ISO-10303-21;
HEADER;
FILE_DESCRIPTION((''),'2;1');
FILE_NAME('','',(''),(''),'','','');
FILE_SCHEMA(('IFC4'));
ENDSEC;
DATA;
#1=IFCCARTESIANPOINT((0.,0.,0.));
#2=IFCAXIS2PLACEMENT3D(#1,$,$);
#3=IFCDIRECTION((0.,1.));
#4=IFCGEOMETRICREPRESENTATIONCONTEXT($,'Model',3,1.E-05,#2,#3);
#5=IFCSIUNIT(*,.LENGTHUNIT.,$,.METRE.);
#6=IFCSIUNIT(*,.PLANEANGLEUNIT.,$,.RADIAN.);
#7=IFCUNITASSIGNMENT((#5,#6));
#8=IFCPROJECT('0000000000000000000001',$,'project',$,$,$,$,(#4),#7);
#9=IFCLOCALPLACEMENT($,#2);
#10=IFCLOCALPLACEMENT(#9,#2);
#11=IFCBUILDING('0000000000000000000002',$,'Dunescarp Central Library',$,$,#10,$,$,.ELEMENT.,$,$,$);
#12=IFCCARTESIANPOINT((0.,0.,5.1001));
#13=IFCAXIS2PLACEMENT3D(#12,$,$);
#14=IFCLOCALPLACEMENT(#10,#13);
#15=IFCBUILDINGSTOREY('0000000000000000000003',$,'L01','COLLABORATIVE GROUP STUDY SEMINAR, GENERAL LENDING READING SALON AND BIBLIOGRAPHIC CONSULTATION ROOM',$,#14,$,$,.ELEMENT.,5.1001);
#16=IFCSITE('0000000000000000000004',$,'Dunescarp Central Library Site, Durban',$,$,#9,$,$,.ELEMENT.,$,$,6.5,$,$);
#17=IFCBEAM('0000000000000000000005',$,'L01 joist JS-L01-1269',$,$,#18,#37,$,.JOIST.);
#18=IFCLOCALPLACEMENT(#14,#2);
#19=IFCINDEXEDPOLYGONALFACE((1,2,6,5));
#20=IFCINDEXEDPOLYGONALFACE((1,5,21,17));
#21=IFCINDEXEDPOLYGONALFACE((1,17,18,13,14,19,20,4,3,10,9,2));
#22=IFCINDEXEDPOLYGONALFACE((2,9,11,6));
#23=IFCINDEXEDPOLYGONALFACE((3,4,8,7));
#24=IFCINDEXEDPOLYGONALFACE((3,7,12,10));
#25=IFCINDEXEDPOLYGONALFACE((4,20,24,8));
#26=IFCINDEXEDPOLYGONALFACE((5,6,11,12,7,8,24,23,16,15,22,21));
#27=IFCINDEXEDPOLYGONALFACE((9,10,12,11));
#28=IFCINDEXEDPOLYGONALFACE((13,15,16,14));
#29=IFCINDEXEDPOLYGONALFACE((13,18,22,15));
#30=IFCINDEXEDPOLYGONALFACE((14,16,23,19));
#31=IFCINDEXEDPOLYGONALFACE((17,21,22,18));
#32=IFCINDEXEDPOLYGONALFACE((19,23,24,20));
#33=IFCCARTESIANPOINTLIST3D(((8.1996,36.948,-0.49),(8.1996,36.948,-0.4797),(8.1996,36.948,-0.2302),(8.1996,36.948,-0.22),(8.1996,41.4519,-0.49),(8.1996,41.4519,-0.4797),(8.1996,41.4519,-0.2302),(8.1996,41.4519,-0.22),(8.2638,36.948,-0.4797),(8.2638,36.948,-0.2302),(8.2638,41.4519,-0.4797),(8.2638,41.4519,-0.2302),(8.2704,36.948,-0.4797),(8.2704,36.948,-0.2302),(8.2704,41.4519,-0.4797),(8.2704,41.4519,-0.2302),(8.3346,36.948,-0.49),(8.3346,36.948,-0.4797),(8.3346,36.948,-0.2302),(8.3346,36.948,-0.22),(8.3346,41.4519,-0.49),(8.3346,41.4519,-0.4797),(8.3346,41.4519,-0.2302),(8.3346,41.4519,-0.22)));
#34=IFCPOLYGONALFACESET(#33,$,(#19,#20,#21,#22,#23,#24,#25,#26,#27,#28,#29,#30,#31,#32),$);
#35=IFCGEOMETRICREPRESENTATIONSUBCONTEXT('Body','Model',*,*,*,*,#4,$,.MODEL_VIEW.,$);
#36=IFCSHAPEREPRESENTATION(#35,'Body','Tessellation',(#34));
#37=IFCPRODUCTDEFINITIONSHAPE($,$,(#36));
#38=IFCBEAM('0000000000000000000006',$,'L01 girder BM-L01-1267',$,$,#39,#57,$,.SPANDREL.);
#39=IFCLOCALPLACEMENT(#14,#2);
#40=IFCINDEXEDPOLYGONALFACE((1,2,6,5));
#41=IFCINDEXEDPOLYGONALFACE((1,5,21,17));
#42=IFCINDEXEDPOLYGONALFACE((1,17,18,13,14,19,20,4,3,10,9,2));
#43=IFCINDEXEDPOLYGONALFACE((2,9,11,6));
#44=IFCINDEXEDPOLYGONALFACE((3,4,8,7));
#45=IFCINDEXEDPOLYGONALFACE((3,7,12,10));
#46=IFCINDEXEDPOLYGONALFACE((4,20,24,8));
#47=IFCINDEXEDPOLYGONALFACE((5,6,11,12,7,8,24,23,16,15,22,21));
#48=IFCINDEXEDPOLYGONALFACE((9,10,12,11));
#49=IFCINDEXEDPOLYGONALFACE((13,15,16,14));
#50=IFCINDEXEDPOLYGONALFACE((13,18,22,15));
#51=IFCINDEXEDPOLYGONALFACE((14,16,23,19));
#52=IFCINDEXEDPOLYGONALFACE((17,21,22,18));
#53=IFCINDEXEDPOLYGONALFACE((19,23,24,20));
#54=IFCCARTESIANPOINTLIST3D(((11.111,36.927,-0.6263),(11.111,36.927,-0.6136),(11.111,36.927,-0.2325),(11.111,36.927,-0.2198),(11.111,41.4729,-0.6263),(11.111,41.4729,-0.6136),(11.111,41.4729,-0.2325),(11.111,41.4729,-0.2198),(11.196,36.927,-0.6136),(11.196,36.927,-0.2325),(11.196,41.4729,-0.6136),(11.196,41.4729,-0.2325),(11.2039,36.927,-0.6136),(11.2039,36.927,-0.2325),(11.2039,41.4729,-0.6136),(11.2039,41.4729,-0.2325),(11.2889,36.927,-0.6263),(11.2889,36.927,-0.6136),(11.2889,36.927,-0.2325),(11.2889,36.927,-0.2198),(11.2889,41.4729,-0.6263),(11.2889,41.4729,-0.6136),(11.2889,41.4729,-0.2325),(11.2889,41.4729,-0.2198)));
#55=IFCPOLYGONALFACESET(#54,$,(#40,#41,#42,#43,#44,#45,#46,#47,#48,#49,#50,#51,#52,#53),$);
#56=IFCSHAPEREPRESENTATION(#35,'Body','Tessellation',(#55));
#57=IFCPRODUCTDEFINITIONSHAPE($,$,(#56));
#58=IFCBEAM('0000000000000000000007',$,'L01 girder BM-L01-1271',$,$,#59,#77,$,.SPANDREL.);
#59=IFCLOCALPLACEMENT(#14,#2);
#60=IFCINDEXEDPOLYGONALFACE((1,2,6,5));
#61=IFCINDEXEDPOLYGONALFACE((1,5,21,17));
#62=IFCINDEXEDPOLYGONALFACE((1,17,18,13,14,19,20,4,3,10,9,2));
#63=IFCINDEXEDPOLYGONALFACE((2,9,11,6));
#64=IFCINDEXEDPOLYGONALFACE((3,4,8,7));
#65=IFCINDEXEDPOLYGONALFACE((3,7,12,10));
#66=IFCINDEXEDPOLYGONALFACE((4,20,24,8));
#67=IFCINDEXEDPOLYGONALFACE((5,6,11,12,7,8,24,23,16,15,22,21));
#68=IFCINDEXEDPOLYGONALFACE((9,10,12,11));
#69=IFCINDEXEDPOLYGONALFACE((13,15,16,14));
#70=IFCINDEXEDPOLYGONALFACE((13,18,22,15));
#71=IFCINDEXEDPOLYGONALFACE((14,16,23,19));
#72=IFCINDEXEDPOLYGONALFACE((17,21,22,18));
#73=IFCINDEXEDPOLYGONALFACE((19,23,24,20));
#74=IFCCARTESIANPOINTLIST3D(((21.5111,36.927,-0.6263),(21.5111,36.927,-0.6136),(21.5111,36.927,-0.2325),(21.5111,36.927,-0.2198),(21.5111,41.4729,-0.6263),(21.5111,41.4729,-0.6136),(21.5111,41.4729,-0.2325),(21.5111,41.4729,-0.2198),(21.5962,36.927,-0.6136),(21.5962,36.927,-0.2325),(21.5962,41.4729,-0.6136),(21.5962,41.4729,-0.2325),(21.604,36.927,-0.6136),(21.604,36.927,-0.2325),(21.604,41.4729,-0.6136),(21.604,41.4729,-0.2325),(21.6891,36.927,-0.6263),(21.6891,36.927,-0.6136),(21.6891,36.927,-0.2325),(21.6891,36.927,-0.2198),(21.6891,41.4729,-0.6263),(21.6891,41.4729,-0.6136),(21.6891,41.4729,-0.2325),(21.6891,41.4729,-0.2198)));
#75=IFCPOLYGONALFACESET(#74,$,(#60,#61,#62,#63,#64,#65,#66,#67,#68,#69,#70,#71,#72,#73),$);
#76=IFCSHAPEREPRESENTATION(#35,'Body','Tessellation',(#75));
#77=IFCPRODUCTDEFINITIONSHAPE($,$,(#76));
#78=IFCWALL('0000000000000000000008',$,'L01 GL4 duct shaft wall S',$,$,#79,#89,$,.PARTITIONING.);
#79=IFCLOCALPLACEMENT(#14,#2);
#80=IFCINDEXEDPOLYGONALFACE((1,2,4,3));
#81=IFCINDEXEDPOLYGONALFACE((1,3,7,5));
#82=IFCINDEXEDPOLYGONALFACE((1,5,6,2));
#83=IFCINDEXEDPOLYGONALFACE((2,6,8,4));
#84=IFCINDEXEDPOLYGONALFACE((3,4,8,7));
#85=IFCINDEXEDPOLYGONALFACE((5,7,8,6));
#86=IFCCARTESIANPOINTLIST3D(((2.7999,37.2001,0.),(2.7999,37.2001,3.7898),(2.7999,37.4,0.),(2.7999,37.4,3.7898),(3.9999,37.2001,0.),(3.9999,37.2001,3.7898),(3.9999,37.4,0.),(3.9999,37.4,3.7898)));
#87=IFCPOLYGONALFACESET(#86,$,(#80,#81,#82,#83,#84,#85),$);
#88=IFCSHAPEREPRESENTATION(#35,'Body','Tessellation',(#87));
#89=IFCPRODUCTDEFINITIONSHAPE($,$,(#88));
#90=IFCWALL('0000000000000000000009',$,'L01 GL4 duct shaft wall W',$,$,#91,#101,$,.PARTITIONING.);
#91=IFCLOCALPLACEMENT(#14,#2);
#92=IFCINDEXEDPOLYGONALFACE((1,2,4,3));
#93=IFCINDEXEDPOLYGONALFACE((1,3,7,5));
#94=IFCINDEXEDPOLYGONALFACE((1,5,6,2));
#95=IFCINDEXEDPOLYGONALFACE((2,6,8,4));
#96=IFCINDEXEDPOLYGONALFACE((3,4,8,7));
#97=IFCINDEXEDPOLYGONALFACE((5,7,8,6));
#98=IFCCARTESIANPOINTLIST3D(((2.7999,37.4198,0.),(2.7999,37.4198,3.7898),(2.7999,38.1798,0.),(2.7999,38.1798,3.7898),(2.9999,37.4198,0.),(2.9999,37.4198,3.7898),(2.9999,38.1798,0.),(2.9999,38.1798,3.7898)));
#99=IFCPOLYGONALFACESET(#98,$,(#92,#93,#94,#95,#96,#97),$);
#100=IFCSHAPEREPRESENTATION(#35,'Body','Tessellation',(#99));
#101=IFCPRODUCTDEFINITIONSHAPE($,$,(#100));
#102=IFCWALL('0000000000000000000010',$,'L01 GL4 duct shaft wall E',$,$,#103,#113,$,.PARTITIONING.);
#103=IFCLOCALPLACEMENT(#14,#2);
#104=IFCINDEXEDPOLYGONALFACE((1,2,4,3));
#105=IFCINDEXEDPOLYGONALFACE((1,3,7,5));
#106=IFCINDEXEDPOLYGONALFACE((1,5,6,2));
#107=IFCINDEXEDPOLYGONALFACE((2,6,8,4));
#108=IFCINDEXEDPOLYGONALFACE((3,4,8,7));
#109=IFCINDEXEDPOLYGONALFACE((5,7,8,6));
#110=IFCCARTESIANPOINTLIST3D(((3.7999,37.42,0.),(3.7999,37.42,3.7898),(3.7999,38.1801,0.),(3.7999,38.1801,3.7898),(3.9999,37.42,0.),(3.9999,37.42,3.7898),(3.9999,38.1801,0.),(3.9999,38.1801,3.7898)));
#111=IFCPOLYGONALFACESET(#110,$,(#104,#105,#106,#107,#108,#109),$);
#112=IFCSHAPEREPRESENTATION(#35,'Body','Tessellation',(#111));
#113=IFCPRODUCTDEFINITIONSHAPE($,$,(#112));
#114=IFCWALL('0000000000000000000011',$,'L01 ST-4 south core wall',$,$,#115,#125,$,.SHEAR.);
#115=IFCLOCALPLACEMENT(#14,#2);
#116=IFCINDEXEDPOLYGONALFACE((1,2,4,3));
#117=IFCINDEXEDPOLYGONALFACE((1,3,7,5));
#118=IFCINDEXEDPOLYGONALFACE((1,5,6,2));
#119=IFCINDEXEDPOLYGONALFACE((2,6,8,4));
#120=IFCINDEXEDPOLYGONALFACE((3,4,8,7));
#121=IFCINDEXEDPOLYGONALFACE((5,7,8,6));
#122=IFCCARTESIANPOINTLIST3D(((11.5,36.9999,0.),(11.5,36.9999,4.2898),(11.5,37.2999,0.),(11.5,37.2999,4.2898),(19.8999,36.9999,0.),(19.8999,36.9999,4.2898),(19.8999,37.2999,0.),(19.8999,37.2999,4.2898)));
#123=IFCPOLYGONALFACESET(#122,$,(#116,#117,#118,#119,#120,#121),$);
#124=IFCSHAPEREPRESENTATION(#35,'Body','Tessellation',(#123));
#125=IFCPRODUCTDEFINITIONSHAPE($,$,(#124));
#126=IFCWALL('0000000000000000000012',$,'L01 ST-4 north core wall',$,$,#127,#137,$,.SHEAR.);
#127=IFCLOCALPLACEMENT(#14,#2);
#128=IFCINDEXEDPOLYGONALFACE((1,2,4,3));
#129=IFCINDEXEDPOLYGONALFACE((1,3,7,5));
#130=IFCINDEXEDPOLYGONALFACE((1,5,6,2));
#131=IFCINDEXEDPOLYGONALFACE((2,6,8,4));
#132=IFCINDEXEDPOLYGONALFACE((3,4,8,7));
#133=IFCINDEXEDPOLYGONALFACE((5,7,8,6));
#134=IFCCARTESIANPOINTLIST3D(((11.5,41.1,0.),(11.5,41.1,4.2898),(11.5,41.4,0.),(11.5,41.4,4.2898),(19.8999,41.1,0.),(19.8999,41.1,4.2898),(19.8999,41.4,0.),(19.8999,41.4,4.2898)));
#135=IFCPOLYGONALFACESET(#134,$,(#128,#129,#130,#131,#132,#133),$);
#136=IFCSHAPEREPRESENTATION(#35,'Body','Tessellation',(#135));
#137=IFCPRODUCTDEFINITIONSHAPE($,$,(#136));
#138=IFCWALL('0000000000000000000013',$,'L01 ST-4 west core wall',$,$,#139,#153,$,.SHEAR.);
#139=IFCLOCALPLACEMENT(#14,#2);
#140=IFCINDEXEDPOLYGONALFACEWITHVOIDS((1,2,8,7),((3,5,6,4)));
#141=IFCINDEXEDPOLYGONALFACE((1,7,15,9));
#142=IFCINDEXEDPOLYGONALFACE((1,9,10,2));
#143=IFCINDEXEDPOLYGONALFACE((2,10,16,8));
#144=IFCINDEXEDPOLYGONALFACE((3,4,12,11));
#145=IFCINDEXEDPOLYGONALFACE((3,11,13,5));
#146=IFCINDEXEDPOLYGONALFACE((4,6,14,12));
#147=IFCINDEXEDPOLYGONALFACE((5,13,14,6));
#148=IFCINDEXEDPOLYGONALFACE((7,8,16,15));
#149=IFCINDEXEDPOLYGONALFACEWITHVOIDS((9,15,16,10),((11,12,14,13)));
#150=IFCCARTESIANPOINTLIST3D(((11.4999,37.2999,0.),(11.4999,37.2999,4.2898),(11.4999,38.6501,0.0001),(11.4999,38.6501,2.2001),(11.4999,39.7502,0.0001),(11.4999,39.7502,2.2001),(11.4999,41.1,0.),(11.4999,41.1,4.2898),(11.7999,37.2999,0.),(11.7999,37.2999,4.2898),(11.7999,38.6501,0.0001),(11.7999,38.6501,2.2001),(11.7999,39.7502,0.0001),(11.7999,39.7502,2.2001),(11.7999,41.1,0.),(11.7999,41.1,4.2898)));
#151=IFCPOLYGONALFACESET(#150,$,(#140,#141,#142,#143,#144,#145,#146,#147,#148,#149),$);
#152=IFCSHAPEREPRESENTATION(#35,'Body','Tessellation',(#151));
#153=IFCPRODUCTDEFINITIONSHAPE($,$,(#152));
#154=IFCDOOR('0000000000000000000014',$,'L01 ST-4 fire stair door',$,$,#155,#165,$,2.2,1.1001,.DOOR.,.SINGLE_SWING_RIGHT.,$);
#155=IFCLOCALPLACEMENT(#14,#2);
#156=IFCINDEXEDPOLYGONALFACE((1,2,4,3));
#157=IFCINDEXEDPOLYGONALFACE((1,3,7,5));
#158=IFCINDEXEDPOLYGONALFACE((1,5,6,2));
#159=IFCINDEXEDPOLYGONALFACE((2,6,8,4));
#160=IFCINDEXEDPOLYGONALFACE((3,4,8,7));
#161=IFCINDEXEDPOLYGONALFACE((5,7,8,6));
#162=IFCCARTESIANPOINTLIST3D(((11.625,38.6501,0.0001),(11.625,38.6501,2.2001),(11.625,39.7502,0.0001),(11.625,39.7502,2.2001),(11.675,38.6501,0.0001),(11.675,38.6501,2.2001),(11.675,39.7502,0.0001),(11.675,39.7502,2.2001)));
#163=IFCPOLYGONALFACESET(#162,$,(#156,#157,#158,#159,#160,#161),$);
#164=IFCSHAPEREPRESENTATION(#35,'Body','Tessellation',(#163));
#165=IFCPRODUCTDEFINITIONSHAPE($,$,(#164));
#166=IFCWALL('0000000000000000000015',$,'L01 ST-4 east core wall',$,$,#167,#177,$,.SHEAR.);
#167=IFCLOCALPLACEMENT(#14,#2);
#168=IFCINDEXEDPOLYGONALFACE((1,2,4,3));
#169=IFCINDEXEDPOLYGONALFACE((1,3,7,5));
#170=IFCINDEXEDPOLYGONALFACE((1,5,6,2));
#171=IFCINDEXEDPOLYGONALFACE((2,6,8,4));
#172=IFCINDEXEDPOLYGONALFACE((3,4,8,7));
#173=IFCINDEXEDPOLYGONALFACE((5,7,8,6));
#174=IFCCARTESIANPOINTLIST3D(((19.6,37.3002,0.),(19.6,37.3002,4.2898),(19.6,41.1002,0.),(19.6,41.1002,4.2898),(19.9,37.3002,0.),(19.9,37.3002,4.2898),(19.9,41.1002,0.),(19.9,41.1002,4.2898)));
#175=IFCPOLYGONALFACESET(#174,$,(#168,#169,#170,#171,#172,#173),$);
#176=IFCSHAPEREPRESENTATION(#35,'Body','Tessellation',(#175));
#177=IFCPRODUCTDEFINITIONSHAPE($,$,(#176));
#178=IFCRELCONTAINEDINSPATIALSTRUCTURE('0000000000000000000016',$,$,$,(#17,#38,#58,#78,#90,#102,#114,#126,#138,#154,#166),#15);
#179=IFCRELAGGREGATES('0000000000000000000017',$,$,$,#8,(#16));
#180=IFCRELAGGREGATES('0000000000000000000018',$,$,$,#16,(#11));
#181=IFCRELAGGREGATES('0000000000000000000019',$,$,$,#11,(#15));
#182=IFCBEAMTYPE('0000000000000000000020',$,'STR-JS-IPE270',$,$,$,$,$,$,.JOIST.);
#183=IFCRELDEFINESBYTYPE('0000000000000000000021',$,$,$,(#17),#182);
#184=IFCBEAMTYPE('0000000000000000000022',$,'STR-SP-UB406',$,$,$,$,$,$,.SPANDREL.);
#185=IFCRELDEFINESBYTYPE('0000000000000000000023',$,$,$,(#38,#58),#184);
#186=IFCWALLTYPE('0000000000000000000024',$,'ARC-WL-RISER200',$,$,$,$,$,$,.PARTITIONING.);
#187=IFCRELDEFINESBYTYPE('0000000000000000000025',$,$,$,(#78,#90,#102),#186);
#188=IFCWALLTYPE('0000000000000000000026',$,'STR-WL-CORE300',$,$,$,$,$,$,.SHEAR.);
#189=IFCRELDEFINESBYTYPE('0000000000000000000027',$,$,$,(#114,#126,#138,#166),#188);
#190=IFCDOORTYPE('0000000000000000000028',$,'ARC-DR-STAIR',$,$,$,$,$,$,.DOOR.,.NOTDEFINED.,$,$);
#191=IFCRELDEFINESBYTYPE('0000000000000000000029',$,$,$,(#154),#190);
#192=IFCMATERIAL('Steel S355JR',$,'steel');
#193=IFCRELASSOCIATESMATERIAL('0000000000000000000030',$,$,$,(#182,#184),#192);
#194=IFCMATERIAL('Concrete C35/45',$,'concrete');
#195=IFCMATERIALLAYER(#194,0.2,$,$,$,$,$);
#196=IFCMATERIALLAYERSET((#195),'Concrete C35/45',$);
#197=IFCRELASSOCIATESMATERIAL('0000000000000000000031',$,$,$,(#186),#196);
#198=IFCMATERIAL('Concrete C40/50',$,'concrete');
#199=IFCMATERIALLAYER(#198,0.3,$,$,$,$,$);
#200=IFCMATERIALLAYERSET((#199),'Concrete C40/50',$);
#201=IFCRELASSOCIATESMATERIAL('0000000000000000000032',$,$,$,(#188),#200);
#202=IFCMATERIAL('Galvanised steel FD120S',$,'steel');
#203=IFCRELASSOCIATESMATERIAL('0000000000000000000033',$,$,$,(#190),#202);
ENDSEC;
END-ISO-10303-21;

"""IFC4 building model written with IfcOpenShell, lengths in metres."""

from ifc_helpers import new_model, si_unit, direction, frame, frame_2d, origin, origin_2d, place, context, subcontext, project, spatial, rectangle, i_section, extrude, material, layer, layer_set, material_profile, profile_set, type_object, element, fill, save


model = new_model("IFC4")

# Units and contexts
model_context = context("Model", 3, precision=1e-05, world=origin(), true_north=direction((0.0, 1.0)))
body_context = subcontext(model_context, "Body", "Model", "MODEL_VIEW")
ifc_project = project(units=[si_unit("LENGTHUNIT", "METRE"), si_unit("PLANEANGLEUNIT", "RADIAN")], contexts=[model_context])

# Site, building, storey
site_placement = place(None, origin())
site = spatial("IfcSite", under=ifc_project, at=site_placement, Name="Dunescarp Central Library Site, Durban", CompositionType="ELEMENT", RefElevation=6.5)
building_placement = place(site_placement, origin())
building = spatial("IfcBuilding", under=site, at=building_placement, Name="Dunescarp Central Library", CompositionType="ELEMENT")
storey_placement = place(building_placement, frame((0.0, 0.0, 5.1001)))
storey = spatial("IfcBuildingStorey", under=building, at=storey_placement, Name="L01", Description="COLLABORATIVE GROUP STUDY SEMINAR, GENERAL LENDING READING SALON AND BIBLIOGRAPHIC CONSULTATION ROOM", CompositionType="ELEMENT", Elevation=5.1001)

# Shared definitions
ifc_material_1 = material(Name="Steel S355JR", Category="steel")

# Beams
ifc_material_profile_1 = material_profile(ifc_material_1, i_section(OverallWidth=0.135, OverallDepth=0.27, WebThickness=0.0066, FlangeThickness=0.0103, at=origin_2d()), Name="IPE 270")
ifc_profile_set_1 = profile_set([ifc_material_profile_1], Name="Steel S355JR")
beam_type_1 = type_object("IfcBeamType", Name="STR-JS-IPE270", PredefinedType="JOIST", material=ifc_profile_set_1)
for number, where, z_axis, x_axis, name in (
    (1, (8.2671, 36.948, -0.355), (0.0, 1.0, 0.0), (-1.0, 0.0, 0.0), "L01 joist JS-L01-1269"),
):
    element("IfcBeam", number, at=place(storey_placement, frame(where, z_axis=z_axis, x_axis=x_axis)), inside=storey, type_object=beam_type_1, Name=name, PredefinedType="JOIST", context=body_context, shape_type="SweptSolid", body=[
        extrude(i_section(OverallWidth=0.135, OverallDepth=0.27, WebThickness=0.0066, FlangeThickness=0.0103, at=origin_2d()), origin(), (0.0, 0.0, 1.0), 4.5039),
    ])
ifc_material_profile_2 = material_profile(ifc_material_1, i_section(OverallWidth=0.178, OverallDepth=0.4065, WebThickness=0.0078, FlangeThickness=0.0127, at=origin_2d()), Name="UB 406x178x60")
ifc_profile_set_2 = profile_set([ifc_material_profile_2], Name="Steel S355JR")
beam_type_2 = type_object("IfcBeamType", Name="STR-SP-UB406", PredefinedType="SPANDREL", material=ifc_profile_set_2)
for number, where, z_axis, x_axis, name in (
    (2, (11.2, 36.927, -0.4231), (0.0, 1.0, 0.0), (-1.0, 0.0, 0.0), "L01 girder BM-L01-1267"),
    (3, (21.6001, 36.927, -0.4231), (0.0, 1.0, 0.0), (-1.0, 0.0, 0.0), "L01 girder BM-L01-1271"),
):
    element("IfcBeam", number, at=place(storey_placement, frame(where, z_axis=z_axis, x_axis=x_axis)), inside=storey, type_object=beam_type_2, Name=name, PredefinedType="SPANDREL", context=body_context, shape_type="SweptSolid", body=[
        extrude(i_section(OverallWidth=0.178, OverallDepth=0.4065, WebThickness=0.0078, FlangeThickness=0.0127, at=origin_2d()), origin(), (0.0, 0.0, 1.0), 4.5459),
    ])

# Walls
ifc_material_2 = material(Name="Concrete C35/45", Category="concrete")
ifc_layer_1 = layer(ifc_material_2, 0.2)
ifc_layer_set_1 = layer_set([ifc_layer_1], Name="Concrete C35/45")
wall_type_1 = type_object("IfcWallType", Name="ARC-WL-RISER200", PredefinedType="PARTITIONING", material=ifc_layer_set_1)
wall_1_placement = place(storey_placement, frame((4.0, 37.3, 0.0), z_axis=(0.0, 0.0, 1.0), x_axis=(-1.0, 0.0, 0.0)))
element("IfcWall", 4, at=wall_1_placement, inside=storey, type_object=wall_type_1, Name="L01 GL4 duct shaft wall S", PredefinedType="PARTITIONING", context=body_context, shape_type="SweptSolid", body=[
    extrude(rectangle(XDim=1.2, YDim=0.2, at=frame_2d((0.6001, 0.0))), origin(), (0.0, 0.0, 1.0), 3.7898),
])
for number, where, z_axis, x_axis, name in (
    (5, (2.8999, 37.4199, 0.0), (0.0, 0.0, 1.0), (0.0, 1.0, 0.0), "L01 GL4 duct shaft wall W"),
    (6, (3.8999, 38.1799, 0.0), (0.0, 0.0, 1.0), (0.0, -1.0, 0.0), "L01 GL4 duct shaft wall E"),
):
    element("IfcWall", number, at=place(storey_placement, frame(where, z_axis=z_axis, x_axis=x_axis)), inside=storey, type_object=wall_type_1, Name=name, PredefinedType="PARTITIONING", context=body_context, shape_type="SweptSolid", body=[
        extrude(rectangle(XDim=0.76, YDim=0.2, at=frame_2d((0.3799, 0.0))), origin(), (0.0, 0.0, 1.0), 3.7898),
    ])
ifc_material_3 = material(Name="Concrete C40/50", Category="concrete")
ifc_layer_2 = layer(ifc_material_3, 0.3)
ifc_layer_set_2 = layer_set([ifc_layer_2], Name="Concrete C40/50")
wall_type_2 = type_object("IfcWallType", Name="STR-WL-CORE300", PredefinedType="SHEAR", material=ifc_layer_set_2)
for number, where, z_axis, x_axis, name in (
    (7, (19.8999, 37.1499, 0.0), (0.0, 0.0, 1.0), (-1.0, 0.0, 0.0), "L01 ST-4 south core wall"),
    (8, (11.5, 41.25, 0.0), (0.0, 0.0, 1.0), (1.0, 0.0, 0.0), "L01 ST-4 north core wall"),
):
    element("IfcWall", number, at=place(storey_placement, frame(where, z_axis=z_axis, x_axis=x_axis)), inside=storey, type_object=wall_type_2, Name=name, PredefinedType="SHEAR", context=body_context, shape_type="SweptSolid", body=[
        extrude(rectangle(XDim=8.3999, YDim=0.3, at=frame_2d((4.2, 0.0))), origin(), (0.0, 0.0, 1.0), 4.2898),
    ])

# Wall, opening, door
wall_2_placement = place(storey_placement, frame((11.6499, 37.3, 0.0), z_axis=(0.0, 0.0, 1.0), x_axis=(0.0, 1.0, 0.0)))
wall_2 = element("IfcWall", 9, at=wall_2_placement, inside=storey, type_object=wall_type_2, Name="L01 ST-4 west core wall", PredefinedType="SHEAR", context=body_context, shape_type="SweptSolid", body=[
    extrude(rectangle(XDim=3.8, YDim=0.3, at=frame_2d((1.8999, 0.0))), origin(), (0.0, 0.0, 1.0), 4.2898),
])
opening_placement = place(wall_2_placement, frame((1.3501, 0.0, 0.0)))
opening = element("IfcOpeningElement", 10, at=opening_placement, cuts=wall_2, PredefinedType="OPENING", context=body_context, shape_type="SweptSolid", body=[
    extrude(rectangle(XDim=1.1001, YDim=2.2, at=frame_2d((0.55, 1.1001))), frame((0.0, 0.1602, 0.0), z_axis=(0.0, -1.0, 0.0), x_axis=(1.0, 0.0, 0.0)), (0.0, 0.0, 1.0), 0.3201),
])
ifc_material_4 = material(Name="Galvanised steel FD120S", Category="steel")
door_type = type_object("IfcDoorType", Name="ARC-DR-STAIR", OperationType="NOTDEFINED", PredefinedType="DOOR", material=ifc_material_4)
door_placement = place(opening_placement, origin())
door = element("IfcDoor", 11, at=door_placement, inside=storey, type_object=door_type, Name="L01 ST-4 fire stair door", OperationType="SINGLE_SWING_RIGHT", OverallHeight=2.2, OverallWidth=1.1001, PredefinedType="DOOR", context=body_context, shape_type="SweptSolid", body=[
    extrude(rectangle(XDim=1.1001, YDim=2.2, at=frame_2d((0.55, 1.1001))), frame((0.0, 0.0249, 0.0), z_axis=(0.0, -1.0, 0.0), x_axis=(1.0, 0.0, 0.0)), (0.0, 0.0, 1.0), 0.05),
])
fill(opening, door)

# Wall
wall_3_placement = place(storey_placement, frame((19.75, 41.1001, 0.0), z_axis=(0.0, 0.0, 1.0), x_axis=(0.0, -1.0, 0.0)))
element("IfcWall", 12, at=wall_3_placement, inside=storey, type_object=wall_type_2, Name="L01 ST-4 east core wall", PredefinedType="SHEAR", context=body_context, shape_type="SweptSolid", body=[
    extrude(rectangle(XDim=3.8, YDim=0.3, at=frame_2d((1.8999, 0.0))), origin(), (0.0, 0.0, 1.0), 4.2898),
])

save(model, "model.ifc")
